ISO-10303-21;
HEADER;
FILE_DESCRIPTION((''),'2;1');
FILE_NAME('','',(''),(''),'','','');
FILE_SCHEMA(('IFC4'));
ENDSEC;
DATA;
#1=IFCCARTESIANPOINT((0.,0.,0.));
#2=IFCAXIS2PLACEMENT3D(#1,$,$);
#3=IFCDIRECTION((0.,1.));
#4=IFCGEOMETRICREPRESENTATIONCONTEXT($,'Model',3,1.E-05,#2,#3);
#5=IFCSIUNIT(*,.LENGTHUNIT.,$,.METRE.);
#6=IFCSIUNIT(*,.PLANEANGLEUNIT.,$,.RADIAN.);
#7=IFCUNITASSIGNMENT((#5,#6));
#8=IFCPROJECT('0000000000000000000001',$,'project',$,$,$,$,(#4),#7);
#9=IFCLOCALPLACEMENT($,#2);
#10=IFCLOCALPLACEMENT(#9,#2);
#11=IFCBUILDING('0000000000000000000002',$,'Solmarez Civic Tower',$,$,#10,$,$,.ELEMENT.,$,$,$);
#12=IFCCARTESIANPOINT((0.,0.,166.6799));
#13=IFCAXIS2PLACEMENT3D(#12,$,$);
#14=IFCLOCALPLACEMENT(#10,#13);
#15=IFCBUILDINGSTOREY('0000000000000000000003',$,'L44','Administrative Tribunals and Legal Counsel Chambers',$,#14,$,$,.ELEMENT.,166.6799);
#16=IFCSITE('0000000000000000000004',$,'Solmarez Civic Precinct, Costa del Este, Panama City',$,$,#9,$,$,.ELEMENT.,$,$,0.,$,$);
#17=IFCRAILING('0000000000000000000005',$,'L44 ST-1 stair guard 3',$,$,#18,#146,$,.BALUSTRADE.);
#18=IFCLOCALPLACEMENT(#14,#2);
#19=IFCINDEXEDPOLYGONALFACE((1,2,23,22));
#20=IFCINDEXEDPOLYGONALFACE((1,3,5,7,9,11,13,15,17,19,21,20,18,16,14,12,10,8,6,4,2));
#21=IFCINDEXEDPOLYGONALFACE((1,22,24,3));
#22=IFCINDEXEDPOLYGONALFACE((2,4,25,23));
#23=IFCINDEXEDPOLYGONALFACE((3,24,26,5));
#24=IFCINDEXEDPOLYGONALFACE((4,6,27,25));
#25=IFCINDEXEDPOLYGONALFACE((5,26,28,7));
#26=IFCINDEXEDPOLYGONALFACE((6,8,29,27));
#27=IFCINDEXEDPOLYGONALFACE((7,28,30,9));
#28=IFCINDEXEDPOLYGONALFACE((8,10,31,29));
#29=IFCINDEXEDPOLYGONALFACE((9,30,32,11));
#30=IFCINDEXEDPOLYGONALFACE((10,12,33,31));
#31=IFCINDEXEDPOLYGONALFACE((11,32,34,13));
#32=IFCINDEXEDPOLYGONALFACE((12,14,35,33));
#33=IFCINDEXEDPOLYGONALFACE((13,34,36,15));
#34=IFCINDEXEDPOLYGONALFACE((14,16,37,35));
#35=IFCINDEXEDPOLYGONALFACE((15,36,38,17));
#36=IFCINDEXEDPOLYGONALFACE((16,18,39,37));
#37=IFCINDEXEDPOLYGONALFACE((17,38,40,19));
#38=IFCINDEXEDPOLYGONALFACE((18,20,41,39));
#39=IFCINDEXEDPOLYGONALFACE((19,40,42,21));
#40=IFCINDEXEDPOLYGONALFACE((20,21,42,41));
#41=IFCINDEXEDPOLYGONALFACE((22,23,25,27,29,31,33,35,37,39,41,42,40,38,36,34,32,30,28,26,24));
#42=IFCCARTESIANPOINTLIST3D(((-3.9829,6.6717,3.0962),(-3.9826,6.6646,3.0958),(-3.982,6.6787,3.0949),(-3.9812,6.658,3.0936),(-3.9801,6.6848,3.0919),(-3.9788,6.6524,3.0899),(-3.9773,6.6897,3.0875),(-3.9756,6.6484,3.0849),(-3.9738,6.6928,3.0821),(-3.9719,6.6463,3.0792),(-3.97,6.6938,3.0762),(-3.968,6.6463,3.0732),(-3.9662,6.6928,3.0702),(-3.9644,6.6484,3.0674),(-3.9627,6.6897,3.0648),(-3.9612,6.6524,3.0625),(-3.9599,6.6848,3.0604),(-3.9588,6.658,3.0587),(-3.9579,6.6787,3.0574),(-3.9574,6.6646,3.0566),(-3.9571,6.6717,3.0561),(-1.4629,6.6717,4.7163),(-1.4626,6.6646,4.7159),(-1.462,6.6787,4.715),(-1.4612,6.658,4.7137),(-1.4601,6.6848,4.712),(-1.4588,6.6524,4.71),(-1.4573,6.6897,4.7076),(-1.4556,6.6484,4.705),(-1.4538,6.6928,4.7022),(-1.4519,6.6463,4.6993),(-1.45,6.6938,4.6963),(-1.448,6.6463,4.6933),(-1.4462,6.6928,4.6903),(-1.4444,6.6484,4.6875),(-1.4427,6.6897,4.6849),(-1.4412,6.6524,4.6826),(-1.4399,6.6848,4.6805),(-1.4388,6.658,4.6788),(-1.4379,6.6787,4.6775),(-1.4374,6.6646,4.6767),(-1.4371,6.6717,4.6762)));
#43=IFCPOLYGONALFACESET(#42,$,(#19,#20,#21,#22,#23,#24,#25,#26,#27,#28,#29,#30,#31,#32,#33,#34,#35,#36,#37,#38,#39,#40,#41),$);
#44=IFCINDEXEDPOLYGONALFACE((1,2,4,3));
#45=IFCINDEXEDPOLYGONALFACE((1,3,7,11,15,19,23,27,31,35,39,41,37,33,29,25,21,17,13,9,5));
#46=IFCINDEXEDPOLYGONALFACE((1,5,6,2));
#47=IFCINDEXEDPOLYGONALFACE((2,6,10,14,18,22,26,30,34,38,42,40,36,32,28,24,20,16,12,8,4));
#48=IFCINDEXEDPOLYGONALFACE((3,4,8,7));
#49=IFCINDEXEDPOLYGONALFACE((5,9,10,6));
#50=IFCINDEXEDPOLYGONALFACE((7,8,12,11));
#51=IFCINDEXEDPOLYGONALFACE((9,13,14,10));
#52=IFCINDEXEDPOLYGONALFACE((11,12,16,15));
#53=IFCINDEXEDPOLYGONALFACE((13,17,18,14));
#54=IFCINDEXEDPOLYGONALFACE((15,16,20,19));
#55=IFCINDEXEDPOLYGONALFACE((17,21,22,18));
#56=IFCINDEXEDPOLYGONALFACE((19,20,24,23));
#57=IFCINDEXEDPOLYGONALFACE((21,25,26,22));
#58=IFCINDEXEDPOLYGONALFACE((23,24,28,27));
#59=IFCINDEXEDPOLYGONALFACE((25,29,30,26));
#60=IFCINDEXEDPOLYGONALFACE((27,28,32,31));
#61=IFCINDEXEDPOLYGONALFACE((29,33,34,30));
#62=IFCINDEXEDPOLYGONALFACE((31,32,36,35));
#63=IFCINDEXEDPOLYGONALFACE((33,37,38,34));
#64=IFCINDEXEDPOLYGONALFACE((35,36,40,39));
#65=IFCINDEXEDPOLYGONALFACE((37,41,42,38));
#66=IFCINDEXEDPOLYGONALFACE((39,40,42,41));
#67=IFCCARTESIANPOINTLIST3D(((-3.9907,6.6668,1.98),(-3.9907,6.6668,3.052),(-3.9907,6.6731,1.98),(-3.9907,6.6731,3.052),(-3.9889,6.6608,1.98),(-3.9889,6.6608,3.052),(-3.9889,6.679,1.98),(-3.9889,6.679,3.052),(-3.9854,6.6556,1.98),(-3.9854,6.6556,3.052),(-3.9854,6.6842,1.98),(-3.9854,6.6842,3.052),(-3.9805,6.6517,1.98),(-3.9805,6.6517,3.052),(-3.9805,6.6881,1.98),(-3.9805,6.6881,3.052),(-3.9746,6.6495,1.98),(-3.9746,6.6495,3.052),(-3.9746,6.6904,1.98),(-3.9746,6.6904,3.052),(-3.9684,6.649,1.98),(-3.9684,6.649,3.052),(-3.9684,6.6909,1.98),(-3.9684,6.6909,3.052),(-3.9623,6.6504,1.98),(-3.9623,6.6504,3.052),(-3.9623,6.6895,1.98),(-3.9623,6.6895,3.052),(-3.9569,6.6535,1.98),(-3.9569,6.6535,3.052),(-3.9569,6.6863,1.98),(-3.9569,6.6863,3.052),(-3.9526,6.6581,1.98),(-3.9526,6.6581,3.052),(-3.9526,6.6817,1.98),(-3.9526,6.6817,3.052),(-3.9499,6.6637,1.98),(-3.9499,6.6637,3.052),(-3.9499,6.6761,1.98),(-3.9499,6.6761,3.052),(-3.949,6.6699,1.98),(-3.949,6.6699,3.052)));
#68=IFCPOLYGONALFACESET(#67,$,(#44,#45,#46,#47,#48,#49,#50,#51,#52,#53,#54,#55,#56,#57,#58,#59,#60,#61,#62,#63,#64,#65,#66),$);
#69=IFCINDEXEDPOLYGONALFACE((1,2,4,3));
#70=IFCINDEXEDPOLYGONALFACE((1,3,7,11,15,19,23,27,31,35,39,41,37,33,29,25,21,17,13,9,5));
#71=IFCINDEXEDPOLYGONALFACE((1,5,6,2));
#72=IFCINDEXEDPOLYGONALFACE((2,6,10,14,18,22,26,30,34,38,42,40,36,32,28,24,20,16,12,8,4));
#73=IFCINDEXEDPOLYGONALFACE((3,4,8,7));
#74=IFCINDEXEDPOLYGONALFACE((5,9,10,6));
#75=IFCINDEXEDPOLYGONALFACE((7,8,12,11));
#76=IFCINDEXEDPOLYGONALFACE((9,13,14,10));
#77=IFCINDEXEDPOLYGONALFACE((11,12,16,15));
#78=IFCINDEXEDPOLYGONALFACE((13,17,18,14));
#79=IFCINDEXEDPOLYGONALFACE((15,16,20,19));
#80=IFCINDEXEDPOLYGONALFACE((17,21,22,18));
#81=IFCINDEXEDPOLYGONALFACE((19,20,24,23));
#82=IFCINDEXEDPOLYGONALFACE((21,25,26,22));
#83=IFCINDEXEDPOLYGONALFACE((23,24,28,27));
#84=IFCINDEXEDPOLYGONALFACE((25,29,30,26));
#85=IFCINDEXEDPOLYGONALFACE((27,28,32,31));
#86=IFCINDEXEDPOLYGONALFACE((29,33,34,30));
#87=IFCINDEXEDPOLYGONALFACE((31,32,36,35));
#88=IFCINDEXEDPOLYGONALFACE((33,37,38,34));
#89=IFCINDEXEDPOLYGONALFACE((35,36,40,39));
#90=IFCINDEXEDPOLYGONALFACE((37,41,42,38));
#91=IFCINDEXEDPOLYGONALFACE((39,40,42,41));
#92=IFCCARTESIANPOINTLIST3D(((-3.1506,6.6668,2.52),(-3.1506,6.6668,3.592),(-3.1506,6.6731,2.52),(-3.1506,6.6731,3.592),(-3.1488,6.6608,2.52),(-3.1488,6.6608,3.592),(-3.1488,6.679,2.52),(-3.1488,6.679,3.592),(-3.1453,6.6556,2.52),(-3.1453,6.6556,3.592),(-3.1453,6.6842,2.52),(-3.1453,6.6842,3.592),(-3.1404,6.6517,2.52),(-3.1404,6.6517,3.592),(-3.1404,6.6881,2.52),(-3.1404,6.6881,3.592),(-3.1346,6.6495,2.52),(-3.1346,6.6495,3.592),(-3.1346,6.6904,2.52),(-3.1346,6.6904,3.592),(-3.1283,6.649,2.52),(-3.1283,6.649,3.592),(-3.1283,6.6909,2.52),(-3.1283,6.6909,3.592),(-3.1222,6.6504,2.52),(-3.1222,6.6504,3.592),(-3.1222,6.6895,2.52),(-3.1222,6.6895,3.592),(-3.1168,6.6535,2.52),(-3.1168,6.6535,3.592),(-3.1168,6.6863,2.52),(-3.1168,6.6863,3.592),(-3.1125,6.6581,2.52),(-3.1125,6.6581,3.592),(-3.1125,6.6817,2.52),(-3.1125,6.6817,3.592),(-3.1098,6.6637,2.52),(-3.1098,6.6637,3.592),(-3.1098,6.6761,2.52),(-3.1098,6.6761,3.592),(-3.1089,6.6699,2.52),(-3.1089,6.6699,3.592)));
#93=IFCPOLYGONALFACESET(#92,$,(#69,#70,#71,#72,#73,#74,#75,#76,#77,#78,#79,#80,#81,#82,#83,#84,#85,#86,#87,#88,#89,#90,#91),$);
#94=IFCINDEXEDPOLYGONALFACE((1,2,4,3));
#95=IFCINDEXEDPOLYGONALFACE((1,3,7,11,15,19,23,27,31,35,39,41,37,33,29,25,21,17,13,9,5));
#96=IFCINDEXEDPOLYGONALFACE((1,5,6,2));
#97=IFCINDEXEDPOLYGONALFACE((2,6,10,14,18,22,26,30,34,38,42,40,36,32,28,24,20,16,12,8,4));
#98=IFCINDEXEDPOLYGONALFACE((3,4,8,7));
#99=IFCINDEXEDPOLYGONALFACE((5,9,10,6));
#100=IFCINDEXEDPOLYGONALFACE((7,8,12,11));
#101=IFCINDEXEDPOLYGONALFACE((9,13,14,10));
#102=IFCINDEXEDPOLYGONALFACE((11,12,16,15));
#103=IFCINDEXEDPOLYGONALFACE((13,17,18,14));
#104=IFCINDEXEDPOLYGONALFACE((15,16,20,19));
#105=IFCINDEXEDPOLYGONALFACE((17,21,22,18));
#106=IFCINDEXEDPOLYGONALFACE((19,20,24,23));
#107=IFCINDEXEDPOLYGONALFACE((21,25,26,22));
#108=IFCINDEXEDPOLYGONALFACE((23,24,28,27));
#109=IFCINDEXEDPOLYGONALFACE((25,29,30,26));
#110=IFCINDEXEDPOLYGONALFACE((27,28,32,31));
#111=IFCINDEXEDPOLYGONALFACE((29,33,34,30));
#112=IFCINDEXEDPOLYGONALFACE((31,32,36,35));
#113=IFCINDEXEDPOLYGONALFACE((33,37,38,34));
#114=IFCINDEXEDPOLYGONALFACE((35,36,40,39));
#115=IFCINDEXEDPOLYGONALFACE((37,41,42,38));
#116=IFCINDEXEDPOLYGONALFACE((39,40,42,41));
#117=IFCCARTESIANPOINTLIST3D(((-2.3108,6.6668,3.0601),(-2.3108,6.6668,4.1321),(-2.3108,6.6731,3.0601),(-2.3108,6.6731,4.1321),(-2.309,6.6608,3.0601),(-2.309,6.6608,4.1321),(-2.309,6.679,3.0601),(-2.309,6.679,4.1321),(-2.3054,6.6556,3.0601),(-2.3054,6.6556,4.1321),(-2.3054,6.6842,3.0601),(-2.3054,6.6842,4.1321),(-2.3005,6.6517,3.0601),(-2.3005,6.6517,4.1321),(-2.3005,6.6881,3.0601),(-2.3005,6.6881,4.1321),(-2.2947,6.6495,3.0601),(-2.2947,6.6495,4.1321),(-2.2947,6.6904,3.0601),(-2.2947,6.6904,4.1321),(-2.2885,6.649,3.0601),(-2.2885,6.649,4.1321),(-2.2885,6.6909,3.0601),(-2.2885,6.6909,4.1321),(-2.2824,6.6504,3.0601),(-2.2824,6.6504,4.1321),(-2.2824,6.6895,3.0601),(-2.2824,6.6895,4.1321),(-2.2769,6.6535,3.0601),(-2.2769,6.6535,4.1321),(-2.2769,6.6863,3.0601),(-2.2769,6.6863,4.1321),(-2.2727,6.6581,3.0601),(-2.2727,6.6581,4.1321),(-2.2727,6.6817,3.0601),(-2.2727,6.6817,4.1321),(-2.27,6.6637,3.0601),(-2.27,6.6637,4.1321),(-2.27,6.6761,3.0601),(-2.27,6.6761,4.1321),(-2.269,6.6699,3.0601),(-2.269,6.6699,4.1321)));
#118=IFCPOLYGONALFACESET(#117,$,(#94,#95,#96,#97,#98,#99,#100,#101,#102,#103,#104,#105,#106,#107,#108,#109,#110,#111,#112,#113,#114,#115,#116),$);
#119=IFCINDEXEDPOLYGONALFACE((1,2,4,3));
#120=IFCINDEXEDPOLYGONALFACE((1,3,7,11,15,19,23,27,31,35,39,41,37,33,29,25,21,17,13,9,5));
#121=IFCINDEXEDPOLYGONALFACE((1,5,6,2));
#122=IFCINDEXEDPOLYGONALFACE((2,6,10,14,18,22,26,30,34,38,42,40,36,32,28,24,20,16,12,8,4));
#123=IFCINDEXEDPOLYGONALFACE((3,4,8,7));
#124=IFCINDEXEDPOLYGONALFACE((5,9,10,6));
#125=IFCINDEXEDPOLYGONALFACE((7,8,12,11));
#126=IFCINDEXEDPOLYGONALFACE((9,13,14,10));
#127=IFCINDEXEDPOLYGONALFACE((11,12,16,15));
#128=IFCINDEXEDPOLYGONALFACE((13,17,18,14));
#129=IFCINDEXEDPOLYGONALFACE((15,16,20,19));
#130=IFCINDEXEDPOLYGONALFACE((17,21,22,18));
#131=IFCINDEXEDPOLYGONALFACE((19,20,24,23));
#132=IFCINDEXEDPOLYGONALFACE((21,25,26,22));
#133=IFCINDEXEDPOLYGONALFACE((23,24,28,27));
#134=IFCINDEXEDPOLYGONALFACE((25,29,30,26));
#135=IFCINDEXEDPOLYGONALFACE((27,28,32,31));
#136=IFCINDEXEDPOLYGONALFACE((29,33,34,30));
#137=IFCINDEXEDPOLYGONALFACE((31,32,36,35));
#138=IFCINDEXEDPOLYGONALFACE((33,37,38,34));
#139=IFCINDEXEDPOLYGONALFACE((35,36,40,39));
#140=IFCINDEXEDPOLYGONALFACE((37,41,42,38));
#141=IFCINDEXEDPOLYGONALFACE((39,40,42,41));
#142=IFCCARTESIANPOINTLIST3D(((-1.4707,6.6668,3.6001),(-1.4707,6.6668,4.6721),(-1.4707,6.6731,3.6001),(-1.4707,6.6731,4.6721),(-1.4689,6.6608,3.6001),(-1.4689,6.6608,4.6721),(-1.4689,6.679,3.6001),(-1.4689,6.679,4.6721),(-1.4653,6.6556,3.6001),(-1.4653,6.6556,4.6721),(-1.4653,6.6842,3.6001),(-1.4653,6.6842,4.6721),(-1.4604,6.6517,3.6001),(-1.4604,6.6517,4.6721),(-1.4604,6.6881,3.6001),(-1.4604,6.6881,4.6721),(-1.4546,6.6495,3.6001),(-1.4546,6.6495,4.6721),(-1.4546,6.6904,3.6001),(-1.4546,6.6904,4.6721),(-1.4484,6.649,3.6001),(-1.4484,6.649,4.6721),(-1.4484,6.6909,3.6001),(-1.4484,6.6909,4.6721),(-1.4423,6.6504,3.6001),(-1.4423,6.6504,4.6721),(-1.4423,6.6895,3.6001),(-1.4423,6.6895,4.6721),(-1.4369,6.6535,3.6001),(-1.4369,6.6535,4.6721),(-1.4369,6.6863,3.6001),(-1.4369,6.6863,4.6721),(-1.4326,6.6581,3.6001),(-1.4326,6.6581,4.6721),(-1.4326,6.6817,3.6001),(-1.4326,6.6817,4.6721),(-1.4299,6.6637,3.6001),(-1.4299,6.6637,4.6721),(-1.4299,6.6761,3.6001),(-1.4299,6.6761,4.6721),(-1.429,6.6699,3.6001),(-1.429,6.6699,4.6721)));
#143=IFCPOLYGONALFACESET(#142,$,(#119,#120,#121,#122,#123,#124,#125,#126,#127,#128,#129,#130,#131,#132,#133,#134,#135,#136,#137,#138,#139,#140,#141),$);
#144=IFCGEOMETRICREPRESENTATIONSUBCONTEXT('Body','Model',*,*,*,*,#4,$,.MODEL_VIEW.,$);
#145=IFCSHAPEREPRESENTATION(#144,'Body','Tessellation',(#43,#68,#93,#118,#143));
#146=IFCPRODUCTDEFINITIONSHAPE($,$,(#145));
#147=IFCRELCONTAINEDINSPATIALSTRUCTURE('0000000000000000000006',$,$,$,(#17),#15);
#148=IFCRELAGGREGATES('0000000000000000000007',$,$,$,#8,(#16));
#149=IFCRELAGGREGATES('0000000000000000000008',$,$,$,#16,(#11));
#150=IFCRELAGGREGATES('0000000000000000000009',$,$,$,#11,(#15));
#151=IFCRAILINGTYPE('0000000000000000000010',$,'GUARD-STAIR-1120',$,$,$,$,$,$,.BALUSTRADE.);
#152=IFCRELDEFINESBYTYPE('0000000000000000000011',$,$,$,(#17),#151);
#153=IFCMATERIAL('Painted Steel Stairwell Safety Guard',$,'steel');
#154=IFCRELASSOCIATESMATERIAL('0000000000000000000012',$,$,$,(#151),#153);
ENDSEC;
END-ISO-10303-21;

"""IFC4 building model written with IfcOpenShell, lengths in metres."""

from ifc_helpers import new_model, si_unit, direction, frame, origin, origin_2d, place, context, subcontext, project, spatial, circle, extrude, material, type_object, element, save


model = new_model("IFC4")

# Units and contexts
model_context = context("Model", 3, precision=1e-05, world=origin(), true_north=direction((0.0, 1.0)))
body_context = subcontext(model_context, "Body", "Model", "MODEL_VIEW")
ifc_project = project(units=[si_unit("LENGTHUNIT", "METRE"), si_unit("PLANEANGLEUNIT", "RADIAN")], contexts=[model_context])

# Site, building, storey
site_placement = place(None, origin())
site = spatial("IfcSite", under=ifc_project, at=site_placement, Name="Solmarez Civic Precinct, Costa del Este, Panama City", CompositionType="ELEMENT", RefElevation=0.0)
building_placement = place(site_placement, origin())
building = spatial("IfcBuilding", under=site, at=building_placement, Name="Solmarez Civic Tower", CompositionType="ELEMENT")
storey_placement = place(building_placement, frame((0.0, 0.0, 166.6799)))
storey = spatial("IfcBuildingStorey", under=building, at=storey_placement, Name="L44", Description="Administrative Tribunals and Legal Counsel Chambers", CompositionType="ELEMENT", Elevation=166.6799)

# Railing
ifc_material_1 = material(Name="Painted Steel Stairwell Safety Guard", Category="steel")
railing_type_1 = type_object("IfcRailingType", Name="GUARD-STAIR-1120", PredefinedType="BALUSTRADE", material=ifc_material_1)
railing_1_placement = place(storey_placement, frame((-3.97, 6.6699, 1.98)))
element("IfcRailing", 1, at=railing_1_placement, inside=storey, type_object=railing_type_1, Name="L44 ST-1 stair guard 3", PredefinedType="BALUSTRADE", context=body_context, shape_type="SweptSolid", body=[
    extrude(circle(Radius=0.0239, at=origin_2d()), frame((0.0, 0.0, 1.0962), z_axis=(0.841163, 0.0, 0.540782), x_axis=(0.0, 1.0, 0.0)), (0.0, 0.0, 1.0), 2.9958),
    extrude(circle(Radius=0.021, at=origin_2d()), origin(), (0.0, 0.0, 1.0), 1.072),
    extrude(circle(Radius=0.021, at=origin_2d()), frame((0.8401, 0.0, 0.54)), (0.0, 0.0, 1.0), 1.072),
    extrude(circle(Radius=0.021, at=origin_2d()), frame((1.6799, 0.0, 1.0801)), (0.0, 0.0, 1.0), 1.072),
    extrude(circle(Radius=0.021, at=origin_2d()), frame((2.52, 0.0, 1.6201)), (0.0, 0.0, 1.0), 1.072),
])

save(model, "model.ifc")
